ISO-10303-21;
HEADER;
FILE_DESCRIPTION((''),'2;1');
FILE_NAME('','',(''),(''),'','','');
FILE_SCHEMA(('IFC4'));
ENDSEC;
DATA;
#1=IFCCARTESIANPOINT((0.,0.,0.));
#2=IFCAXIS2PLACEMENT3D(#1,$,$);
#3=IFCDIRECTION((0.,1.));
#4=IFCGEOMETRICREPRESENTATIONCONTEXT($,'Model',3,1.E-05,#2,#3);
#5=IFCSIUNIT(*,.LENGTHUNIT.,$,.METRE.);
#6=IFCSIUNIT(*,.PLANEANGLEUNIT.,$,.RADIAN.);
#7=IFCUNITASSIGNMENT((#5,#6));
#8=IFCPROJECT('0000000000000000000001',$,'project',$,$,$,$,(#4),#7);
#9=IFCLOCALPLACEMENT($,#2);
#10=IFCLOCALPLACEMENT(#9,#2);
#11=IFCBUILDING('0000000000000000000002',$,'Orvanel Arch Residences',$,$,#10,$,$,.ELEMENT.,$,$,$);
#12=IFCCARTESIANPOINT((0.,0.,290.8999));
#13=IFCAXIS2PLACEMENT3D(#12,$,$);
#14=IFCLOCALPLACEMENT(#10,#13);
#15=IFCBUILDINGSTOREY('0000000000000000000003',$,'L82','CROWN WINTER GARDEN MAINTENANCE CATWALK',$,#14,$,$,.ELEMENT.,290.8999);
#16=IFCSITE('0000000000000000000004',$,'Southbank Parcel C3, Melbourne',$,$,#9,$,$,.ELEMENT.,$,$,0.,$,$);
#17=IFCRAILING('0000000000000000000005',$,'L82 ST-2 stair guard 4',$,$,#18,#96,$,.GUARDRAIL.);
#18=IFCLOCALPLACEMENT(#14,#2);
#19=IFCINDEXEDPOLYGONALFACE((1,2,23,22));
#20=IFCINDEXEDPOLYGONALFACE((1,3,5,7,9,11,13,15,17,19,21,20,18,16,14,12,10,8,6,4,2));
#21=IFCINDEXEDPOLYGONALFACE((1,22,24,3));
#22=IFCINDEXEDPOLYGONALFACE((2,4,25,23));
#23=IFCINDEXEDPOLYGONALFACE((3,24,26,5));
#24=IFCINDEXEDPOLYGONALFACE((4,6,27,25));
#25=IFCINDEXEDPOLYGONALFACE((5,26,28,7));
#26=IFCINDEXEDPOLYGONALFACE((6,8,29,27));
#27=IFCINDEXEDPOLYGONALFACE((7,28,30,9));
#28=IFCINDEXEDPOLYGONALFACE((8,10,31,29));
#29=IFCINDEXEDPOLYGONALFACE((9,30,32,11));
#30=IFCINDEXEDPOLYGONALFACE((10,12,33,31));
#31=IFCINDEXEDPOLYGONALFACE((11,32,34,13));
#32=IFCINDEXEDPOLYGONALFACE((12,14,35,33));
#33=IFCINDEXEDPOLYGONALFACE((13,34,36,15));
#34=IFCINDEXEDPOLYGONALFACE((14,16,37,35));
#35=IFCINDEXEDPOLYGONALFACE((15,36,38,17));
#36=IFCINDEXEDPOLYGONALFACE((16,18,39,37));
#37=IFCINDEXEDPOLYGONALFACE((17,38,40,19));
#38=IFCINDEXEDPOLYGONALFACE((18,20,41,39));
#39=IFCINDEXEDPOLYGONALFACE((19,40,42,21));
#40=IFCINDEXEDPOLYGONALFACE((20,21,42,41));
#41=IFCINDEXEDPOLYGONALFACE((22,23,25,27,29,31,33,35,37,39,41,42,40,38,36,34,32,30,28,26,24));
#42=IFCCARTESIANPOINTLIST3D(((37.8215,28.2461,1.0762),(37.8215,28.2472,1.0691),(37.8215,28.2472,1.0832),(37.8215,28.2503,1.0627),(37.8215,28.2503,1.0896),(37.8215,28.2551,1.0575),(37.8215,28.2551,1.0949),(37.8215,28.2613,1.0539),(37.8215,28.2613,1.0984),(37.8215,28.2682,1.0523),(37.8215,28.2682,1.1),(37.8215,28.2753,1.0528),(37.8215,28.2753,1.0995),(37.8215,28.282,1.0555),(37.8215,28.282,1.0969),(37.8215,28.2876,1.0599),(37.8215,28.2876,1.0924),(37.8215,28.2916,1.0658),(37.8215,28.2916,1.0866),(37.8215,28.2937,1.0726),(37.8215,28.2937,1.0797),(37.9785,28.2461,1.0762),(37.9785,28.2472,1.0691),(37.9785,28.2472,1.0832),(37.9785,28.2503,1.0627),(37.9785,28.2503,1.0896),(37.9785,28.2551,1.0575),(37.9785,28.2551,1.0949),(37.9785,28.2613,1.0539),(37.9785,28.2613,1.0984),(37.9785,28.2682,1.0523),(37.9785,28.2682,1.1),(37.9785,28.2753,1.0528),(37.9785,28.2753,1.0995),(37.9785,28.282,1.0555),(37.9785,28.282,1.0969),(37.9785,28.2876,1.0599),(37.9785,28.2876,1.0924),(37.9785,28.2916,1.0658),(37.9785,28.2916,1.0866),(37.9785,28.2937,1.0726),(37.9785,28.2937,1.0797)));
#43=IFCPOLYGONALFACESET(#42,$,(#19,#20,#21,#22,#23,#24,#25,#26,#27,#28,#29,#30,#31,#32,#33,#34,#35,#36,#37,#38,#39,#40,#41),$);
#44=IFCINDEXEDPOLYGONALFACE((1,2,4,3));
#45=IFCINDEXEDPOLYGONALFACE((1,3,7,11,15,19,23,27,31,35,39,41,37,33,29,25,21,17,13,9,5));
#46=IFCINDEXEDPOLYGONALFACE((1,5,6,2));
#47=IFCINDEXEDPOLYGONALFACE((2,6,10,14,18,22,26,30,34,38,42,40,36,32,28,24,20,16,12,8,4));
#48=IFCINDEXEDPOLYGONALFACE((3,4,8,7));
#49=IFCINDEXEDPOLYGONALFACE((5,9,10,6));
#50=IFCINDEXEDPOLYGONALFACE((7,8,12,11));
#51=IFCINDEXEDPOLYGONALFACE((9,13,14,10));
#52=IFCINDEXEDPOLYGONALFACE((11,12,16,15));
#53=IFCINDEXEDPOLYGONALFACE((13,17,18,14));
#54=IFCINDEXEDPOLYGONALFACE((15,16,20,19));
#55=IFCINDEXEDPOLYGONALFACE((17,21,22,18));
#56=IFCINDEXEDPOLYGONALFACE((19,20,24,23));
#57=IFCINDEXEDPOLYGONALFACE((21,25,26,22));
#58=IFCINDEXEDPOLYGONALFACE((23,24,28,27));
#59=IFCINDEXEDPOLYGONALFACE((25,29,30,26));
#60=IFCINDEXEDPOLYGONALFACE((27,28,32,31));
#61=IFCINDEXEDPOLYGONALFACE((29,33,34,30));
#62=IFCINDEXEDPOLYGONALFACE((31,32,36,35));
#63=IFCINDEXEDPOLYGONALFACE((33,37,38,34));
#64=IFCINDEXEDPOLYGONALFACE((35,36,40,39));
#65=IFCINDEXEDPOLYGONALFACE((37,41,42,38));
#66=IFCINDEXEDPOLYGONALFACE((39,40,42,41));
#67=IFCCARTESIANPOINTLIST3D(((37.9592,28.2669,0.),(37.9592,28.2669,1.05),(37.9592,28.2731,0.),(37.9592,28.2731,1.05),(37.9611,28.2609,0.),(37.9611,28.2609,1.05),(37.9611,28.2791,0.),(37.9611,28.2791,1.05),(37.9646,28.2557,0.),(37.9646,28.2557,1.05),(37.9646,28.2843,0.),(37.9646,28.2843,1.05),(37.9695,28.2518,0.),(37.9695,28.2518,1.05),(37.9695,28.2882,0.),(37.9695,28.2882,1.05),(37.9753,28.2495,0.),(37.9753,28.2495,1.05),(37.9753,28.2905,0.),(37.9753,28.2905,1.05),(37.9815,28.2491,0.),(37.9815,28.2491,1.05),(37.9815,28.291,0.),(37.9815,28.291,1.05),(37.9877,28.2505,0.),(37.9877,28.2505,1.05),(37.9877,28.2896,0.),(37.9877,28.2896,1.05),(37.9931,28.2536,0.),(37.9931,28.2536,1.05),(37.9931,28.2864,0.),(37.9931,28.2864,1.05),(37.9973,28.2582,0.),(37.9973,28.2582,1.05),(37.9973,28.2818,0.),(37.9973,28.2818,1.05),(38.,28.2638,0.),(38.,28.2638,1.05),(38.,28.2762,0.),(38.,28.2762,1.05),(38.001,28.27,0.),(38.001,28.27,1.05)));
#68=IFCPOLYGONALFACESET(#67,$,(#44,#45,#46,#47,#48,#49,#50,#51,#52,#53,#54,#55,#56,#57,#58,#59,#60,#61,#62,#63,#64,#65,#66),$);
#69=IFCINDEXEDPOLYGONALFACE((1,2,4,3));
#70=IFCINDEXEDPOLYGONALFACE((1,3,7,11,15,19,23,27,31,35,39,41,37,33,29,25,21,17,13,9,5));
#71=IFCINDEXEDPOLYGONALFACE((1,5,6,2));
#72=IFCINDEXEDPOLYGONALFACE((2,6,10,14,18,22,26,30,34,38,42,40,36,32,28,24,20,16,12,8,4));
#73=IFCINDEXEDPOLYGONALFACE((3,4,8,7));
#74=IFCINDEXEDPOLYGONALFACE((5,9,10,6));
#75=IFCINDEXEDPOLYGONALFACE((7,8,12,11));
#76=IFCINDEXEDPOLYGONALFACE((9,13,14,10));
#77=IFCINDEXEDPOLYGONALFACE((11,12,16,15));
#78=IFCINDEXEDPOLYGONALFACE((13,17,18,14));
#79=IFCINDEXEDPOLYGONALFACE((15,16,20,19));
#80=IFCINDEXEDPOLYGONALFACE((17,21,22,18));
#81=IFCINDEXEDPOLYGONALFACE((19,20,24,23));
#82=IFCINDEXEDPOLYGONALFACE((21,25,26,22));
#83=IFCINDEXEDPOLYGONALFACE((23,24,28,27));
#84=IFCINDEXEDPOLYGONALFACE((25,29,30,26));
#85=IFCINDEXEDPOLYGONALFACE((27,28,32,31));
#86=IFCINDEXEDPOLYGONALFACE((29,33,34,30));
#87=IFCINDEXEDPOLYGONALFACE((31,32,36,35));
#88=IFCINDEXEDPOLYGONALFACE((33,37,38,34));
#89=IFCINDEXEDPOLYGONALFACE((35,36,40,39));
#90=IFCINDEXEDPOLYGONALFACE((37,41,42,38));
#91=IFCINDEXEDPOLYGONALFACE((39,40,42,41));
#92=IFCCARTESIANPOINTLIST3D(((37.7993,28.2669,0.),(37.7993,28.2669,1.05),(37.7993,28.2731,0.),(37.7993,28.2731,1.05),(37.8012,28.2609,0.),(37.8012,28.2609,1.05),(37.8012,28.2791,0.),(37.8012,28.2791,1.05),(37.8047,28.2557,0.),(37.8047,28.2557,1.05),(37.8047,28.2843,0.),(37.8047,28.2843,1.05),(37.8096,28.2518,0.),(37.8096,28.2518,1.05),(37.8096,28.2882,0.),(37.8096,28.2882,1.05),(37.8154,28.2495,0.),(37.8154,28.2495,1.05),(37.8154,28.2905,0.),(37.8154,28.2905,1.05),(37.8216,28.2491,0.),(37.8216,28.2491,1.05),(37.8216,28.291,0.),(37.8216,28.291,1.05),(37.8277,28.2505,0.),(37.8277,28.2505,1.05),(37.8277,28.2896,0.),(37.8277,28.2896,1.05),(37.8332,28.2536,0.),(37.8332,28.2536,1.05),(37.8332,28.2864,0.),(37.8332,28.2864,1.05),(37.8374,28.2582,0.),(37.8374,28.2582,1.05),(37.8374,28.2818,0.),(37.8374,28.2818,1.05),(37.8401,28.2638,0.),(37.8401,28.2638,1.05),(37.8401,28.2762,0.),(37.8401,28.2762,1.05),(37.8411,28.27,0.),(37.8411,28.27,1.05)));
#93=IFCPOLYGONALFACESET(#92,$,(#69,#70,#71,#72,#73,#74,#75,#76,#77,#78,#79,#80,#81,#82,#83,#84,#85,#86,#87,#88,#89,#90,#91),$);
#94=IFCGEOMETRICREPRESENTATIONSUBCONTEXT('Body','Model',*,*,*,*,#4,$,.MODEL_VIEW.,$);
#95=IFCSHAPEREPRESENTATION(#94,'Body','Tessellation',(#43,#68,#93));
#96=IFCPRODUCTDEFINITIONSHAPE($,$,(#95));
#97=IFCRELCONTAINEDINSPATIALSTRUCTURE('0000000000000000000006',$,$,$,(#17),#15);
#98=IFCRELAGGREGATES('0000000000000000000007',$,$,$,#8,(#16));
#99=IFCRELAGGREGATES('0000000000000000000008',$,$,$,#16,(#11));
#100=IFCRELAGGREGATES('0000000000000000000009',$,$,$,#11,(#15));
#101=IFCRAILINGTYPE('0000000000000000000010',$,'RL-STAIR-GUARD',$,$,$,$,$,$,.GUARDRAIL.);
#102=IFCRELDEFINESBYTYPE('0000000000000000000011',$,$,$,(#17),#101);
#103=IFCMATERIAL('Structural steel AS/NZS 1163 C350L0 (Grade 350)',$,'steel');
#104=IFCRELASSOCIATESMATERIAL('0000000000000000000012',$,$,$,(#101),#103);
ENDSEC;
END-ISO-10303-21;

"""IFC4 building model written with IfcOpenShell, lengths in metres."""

from ifc_helpers import new_model, si_unit, direction, frame, origin, origin_2d, place, context, subcontext, project, spatial, circle, extrude, material, type_object, element, save


model = new_model("IFC4")

# Units and contexts
model_context = context("Model", 3, precision=1e-05, world=origin(), true_north=direction((0.0, 1.0)))
body_context = subcontext(model_context, "Body", "Model", "MODEL_VIEW")
ifc_project = project(units=[si_unit("LENGTHUNIT", "METRE"), si_unit("PLANEANGLEUNIT", "RADIAN")], contexts=[model_context])

# Site, building, storey
site_placement = place(None, origin())
site = spatial("IfcSite", under=ifc_project, at=site_placement, Name="Southbank Parcel C3, Melbourne", CompositionType="ELEMENT", RefElevation=0.0)
building_placement = place(site_placement, origin())
building = spatial("IfcBuilding", under=site, at=building_placement, Name="Orvanel Arch Residences", CompositionType="ELEMENT")
storey_placement = place(building_placement, frame((0.0, 0.0, 290.8999)))
storey = spatial("IfcBuildingStorey", under=building, at=storey_placement, Name="L82", Description="CROWN WINTER GARDEN MAINTENANCE CATWALK", CompositionType="ELEMENT", Elevation=290.8999)

# Shared definitions
ifc_material_1 = material(Name="Structural steel AS/NZS 1163 C350L0 (Grade 350)", Category="steel")

# Railing
railing_type_1 = type_object("IfcRailingType", Name="RL-STAIR-GUARD", PredefinedType="GUARDRAIL", material=ifc_material_1)
railing_1_placement = place(storey_placement, frame((37.98, 28.27, 0.0)))
element("IfcRailing", 1, at=railing_1_placement, inside=storey, type_object=railing_type_1, Name="L82 ST-2 stair guard 4", PredefinedType="GUARDRAIL", context=body_context, shape_type="SweptSolid", body=[
    extrude(circle(Radius=0.0239, at=origin_2d()), frame((-0.0015, 0.0, 1.0762), z_axis=(-1.0, 0.0, 0.0), x_axis=(0.0, -1.0, 0.0)), (0.0, 0.0, 1.0), 0.157),
    extrude(circle(Radius=0.021, at=origin_2d()), origin(), (0.0, 0.0, 1.0), 1.05),
    extrude(circle(Radius=0.021, at=origin_2d()), frame((-0.1599, 0.0, 0.0)), (0.0, 0.0, 1.0), 1.05),
])

save(model, "model.ifc")
